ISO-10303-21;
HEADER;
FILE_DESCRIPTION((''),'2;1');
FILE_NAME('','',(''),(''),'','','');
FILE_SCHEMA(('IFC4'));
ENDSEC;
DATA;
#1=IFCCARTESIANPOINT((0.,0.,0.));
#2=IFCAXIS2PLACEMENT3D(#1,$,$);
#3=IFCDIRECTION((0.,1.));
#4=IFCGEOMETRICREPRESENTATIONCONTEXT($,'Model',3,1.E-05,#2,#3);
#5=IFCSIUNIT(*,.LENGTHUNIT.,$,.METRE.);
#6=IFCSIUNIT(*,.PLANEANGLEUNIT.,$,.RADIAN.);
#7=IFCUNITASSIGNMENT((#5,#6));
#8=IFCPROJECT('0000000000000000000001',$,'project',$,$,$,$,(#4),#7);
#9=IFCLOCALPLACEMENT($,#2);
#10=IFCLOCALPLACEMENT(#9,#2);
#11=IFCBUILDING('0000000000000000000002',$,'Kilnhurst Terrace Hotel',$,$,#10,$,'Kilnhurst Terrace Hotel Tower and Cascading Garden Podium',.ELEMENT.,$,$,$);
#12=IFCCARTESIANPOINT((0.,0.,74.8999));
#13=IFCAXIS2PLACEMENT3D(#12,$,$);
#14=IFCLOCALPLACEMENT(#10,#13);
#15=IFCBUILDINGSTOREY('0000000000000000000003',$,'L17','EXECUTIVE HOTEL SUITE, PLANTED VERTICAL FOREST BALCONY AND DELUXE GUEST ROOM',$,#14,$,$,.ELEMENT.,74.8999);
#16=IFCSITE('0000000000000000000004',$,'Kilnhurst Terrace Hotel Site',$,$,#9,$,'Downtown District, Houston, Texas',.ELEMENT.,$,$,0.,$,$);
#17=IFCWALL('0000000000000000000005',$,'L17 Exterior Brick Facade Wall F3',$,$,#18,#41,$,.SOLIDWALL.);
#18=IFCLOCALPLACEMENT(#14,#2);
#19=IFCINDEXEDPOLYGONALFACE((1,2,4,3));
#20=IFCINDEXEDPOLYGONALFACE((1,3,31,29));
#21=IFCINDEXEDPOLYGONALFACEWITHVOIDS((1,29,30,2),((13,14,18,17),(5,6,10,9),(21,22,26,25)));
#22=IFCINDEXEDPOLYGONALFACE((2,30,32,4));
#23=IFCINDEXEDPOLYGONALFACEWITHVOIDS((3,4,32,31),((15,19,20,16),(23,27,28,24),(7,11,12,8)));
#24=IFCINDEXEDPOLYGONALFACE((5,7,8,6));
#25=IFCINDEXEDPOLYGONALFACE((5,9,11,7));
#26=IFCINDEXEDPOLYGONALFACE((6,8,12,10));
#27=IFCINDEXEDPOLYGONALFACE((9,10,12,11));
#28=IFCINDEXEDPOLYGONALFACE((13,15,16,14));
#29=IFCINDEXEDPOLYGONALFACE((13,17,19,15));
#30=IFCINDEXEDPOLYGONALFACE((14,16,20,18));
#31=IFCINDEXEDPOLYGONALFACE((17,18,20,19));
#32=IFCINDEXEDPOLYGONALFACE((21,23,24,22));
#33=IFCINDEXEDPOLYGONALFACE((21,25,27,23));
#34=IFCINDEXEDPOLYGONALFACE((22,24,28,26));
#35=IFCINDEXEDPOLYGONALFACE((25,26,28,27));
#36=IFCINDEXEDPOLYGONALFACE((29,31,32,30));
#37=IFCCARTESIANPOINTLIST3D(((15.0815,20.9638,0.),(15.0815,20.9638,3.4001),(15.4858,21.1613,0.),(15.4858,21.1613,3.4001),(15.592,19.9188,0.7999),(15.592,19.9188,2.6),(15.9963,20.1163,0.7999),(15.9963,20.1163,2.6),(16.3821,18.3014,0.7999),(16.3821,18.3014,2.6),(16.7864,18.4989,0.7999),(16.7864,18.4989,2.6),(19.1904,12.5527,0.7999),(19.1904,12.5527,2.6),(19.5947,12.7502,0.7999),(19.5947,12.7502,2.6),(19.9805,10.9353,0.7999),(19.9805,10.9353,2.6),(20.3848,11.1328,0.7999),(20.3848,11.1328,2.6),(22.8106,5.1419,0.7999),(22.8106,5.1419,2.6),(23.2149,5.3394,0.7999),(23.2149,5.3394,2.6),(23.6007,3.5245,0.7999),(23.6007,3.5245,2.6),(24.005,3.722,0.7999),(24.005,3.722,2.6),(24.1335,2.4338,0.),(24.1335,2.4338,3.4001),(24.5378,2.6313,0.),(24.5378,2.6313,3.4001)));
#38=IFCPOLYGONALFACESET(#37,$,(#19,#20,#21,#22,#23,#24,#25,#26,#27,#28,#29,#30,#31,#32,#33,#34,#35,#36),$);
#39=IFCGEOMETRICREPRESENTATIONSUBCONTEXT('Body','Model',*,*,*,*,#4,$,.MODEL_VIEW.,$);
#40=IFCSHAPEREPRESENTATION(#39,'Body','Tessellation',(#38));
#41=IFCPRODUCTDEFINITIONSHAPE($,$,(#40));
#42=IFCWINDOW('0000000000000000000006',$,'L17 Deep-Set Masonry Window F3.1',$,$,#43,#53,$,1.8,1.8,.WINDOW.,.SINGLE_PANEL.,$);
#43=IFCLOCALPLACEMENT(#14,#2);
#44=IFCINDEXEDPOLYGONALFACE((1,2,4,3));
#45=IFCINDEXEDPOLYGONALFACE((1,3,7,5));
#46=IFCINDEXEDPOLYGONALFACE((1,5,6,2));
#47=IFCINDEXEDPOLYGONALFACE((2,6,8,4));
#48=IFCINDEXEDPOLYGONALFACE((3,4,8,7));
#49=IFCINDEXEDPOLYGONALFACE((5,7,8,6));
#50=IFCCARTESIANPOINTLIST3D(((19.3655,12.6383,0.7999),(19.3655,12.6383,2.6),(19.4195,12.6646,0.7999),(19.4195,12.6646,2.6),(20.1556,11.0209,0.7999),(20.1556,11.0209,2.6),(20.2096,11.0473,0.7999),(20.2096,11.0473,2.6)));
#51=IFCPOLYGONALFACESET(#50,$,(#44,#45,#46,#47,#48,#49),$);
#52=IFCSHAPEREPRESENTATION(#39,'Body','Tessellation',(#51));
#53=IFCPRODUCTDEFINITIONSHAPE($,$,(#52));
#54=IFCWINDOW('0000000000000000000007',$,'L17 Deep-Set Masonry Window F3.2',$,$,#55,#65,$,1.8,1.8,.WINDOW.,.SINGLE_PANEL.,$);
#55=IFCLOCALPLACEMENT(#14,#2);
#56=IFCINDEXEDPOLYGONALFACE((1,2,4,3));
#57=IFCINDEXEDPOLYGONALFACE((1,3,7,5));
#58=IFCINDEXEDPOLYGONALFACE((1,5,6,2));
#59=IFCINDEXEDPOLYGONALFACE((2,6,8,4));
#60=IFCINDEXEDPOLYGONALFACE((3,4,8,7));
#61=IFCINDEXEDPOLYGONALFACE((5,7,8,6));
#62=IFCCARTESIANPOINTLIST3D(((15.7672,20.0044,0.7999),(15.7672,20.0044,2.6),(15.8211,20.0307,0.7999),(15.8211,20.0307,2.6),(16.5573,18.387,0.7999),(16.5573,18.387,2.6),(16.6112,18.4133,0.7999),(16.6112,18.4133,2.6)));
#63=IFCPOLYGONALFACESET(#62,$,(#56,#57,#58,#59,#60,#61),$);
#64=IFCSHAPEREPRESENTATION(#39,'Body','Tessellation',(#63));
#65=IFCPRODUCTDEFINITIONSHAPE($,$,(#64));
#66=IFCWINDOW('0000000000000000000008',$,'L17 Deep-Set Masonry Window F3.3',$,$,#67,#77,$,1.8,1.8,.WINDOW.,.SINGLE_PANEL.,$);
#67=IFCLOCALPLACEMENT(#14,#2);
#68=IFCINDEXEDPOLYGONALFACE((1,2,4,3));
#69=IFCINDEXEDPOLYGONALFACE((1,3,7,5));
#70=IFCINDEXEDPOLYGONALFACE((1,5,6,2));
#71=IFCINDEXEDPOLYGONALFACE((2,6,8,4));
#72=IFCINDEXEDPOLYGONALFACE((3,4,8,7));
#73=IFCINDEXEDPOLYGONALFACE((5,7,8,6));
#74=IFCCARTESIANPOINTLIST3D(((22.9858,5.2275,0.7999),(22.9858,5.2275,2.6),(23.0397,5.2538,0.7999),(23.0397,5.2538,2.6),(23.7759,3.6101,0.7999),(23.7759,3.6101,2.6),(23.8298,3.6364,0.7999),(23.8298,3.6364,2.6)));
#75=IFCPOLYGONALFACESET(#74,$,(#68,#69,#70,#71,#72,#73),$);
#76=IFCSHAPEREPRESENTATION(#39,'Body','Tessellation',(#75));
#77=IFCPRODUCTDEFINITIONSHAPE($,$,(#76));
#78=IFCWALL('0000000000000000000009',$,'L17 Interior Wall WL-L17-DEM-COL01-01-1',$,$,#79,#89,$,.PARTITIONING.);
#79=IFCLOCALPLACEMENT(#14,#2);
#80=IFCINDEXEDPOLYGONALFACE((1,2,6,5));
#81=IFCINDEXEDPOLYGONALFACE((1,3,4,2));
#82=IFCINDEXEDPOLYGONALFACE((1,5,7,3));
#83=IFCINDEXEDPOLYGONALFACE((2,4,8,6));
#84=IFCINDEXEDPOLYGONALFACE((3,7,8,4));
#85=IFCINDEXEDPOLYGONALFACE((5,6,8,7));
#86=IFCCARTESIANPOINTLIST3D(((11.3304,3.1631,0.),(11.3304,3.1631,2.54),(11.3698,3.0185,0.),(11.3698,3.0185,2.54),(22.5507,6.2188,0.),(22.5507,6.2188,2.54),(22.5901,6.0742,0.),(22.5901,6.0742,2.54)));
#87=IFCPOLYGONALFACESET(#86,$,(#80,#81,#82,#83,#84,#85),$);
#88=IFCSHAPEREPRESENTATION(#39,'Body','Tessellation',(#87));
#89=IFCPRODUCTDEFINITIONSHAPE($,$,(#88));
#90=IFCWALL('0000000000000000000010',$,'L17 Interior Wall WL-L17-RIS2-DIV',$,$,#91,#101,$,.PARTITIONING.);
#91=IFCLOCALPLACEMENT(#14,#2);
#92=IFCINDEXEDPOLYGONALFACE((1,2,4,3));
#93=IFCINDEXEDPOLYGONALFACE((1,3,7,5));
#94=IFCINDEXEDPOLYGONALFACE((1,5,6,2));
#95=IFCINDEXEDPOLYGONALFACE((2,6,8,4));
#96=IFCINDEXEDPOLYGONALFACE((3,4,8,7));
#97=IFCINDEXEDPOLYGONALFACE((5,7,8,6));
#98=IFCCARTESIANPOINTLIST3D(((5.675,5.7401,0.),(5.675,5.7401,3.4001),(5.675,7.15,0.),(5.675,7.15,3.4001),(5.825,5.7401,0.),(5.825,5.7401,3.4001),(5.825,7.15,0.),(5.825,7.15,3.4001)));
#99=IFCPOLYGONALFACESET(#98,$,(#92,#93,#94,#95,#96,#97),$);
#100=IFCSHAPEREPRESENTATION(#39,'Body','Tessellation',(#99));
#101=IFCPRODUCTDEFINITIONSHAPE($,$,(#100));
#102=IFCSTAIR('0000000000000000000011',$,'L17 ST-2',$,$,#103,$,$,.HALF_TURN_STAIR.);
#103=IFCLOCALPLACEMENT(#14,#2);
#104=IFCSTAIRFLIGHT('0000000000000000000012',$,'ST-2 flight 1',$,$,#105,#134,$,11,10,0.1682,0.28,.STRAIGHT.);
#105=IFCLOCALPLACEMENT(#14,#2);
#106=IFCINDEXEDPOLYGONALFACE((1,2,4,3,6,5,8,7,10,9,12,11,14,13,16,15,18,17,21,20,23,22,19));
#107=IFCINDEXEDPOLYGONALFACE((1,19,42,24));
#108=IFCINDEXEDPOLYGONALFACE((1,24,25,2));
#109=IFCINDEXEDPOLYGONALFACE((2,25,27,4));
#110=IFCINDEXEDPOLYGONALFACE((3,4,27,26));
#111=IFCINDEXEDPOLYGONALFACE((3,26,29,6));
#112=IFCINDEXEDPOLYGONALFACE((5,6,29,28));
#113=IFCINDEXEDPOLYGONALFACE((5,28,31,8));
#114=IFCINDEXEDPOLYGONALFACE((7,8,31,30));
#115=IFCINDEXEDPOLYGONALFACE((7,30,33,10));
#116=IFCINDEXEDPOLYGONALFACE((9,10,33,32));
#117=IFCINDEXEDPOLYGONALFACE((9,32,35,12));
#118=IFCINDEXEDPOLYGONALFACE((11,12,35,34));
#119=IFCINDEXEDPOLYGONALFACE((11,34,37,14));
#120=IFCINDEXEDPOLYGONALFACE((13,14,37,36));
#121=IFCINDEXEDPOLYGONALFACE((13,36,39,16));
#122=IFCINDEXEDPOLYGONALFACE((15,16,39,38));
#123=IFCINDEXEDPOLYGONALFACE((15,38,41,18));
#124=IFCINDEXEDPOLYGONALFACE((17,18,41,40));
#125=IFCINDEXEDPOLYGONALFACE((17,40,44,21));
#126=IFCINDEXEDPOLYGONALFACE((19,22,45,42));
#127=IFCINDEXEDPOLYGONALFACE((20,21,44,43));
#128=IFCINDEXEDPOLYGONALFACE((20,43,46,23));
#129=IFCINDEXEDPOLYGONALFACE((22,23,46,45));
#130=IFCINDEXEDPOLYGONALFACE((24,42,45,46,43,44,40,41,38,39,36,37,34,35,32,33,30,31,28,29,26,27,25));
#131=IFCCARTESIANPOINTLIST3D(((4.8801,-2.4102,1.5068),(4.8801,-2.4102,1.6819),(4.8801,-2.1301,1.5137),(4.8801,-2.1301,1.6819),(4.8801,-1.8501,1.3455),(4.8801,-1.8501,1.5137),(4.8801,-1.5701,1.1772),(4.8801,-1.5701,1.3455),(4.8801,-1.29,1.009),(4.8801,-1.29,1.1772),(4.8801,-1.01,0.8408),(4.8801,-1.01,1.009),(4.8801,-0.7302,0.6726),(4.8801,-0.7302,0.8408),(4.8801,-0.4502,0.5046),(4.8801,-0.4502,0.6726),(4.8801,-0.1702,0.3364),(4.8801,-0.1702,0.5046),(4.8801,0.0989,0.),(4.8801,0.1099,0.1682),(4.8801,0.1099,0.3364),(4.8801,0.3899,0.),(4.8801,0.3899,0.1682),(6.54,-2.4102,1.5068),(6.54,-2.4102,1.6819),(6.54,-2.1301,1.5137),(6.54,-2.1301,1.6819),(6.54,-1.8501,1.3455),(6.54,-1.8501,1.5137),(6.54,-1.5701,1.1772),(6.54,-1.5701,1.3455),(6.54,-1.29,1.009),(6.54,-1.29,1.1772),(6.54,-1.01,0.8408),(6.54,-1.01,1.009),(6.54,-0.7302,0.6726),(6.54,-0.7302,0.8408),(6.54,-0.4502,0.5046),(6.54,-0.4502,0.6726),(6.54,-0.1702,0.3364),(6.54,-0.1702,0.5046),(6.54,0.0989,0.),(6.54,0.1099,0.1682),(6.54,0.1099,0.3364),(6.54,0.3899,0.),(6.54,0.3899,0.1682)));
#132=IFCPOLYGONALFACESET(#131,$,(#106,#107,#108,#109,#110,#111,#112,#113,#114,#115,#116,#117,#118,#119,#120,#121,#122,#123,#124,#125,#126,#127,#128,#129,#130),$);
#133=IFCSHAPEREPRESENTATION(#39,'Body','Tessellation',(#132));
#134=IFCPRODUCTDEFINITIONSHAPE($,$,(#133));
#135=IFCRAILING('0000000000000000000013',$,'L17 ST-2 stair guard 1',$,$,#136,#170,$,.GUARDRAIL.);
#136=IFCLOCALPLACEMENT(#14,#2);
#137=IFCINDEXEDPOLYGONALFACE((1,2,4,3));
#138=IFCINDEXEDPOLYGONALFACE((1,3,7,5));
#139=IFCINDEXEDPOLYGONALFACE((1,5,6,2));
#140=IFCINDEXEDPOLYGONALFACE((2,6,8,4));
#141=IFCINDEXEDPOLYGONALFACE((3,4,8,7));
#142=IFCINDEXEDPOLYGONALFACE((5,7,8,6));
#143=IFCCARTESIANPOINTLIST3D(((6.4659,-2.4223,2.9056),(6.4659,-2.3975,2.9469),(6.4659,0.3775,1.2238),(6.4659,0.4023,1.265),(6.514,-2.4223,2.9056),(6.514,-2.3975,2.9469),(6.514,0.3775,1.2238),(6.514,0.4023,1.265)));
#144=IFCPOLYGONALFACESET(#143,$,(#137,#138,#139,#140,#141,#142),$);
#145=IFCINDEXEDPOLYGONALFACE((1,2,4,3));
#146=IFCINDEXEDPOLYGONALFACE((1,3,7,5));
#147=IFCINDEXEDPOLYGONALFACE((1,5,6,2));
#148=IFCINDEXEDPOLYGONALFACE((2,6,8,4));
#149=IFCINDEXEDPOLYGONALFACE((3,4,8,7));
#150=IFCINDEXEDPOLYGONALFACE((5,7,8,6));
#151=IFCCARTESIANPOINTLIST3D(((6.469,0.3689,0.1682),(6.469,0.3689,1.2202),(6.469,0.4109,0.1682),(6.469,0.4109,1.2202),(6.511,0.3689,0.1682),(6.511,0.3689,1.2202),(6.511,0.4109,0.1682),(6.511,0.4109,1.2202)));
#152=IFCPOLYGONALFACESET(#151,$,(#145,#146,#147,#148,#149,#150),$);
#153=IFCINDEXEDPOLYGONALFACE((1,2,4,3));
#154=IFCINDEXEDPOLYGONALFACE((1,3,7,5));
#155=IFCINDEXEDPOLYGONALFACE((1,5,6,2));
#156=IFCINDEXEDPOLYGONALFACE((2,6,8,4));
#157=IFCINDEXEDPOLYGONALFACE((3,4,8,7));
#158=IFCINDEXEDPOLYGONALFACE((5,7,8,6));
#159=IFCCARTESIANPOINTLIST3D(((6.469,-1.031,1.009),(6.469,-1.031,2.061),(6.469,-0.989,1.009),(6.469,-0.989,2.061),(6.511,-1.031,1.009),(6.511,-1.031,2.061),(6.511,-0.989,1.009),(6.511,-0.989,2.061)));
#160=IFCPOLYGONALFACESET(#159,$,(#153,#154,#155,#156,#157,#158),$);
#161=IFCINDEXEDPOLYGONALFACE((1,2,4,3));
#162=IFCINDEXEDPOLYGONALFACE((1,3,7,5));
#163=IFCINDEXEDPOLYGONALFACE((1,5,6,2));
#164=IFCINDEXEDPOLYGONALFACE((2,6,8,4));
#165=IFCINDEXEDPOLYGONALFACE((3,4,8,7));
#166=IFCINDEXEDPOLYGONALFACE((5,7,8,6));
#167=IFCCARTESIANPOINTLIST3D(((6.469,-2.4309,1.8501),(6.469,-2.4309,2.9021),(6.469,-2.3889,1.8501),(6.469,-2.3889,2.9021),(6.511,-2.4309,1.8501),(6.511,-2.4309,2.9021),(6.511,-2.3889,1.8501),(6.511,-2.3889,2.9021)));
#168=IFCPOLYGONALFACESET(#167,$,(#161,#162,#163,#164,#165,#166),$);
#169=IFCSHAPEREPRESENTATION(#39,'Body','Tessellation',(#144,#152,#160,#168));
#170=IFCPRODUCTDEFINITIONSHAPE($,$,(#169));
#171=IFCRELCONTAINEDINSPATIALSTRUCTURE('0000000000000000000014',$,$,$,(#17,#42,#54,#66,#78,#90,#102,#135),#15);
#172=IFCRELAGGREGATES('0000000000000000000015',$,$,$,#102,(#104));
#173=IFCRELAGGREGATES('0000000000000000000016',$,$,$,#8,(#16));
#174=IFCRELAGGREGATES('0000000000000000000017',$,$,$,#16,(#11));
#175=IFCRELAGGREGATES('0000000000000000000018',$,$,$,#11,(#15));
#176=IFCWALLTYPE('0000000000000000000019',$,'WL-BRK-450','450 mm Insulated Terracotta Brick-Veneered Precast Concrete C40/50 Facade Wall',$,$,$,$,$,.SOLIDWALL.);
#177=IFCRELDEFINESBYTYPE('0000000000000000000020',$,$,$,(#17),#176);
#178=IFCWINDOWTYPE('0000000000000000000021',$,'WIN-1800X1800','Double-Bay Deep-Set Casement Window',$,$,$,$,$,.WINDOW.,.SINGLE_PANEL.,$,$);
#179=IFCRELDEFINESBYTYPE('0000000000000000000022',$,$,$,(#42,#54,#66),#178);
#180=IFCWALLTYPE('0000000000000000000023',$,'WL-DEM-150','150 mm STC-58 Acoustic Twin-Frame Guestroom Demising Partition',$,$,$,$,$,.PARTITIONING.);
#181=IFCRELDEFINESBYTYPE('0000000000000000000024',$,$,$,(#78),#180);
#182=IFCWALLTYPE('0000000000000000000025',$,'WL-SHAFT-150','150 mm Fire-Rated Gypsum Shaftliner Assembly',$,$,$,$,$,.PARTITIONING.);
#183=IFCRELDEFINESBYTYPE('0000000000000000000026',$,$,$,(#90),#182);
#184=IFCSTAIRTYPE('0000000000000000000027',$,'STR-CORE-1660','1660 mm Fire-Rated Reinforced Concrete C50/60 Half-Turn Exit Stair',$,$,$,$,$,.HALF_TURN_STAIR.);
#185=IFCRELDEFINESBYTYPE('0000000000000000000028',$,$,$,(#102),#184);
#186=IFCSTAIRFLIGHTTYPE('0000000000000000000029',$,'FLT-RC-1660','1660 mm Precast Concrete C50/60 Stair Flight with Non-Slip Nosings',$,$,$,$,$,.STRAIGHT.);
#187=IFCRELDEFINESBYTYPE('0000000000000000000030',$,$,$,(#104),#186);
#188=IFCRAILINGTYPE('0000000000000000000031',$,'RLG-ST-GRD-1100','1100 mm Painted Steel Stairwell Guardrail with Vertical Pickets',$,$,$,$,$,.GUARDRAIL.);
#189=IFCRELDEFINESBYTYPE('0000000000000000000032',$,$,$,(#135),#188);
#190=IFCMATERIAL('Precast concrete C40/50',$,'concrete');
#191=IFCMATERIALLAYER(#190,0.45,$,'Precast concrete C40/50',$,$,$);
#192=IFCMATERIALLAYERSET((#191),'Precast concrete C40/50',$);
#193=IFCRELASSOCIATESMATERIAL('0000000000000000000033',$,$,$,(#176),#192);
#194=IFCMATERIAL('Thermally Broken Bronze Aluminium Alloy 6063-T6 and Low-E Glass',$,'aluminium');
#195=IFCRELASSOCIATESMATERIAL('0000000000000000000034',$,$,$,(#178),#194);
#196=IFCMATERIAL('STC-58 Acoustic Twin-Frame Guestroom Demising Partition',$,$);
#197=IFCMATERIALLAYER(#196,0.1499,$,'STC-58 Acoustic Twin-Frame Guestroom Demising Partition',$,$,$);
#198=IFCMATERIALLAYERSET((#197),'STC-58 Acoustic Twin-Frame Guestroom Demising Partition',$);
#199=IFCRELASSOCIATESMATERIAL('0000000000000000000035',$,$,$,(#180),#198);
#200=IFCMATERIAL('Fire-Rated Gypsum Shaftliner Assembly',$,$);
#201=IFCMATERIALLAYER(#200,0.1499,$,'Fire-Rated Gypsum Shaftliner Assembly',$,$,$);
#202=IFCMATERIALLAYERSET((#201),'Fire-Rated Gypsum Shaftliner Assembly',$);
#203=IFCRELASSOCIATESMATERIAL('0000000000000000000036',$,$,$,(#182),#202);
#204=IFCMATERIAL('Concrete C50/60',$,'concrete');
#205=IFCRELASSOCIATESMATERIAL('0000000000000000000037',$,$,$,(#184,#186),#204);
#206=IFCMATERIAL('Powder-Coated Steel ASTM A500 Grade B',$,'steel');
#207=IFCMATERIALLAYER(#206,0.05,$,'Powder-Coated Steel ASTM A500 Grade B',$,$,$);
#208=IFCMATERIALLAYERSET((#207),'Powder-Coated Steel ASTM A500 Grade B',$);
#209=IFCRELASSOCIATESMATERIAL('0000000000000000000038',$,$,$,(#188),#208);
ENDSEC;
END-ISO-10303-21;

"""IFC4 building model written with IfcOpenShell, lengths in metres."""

from ifc_helpers import new_model, si_unit, direction, frame, frame_2d, origin, origin_2d, place, context, subcontext, project, spatial, polyline, rectangle, outline, extrude, material, layer, layer_set, type_object, element, fill, aggregate, save


model = new_model("IFC4")

# Units and contexts
model_context = context("Model", 3, precision=1e-05, world=origin(), true_north=direction((0.0, 1.0)))
body_context = subcontext(model_context, "Body", "Model", "MODEL_VIEW")
ifc_project = project(units=[si_unit("LENGTHUNIT", "METRE"), si_unit("PLANEANGLEUNIT", "RADIAN")], contexts=[model_context])

# Site, building, storey
site_placement = place(None, origin())
site = spatial("IfcSite", under=ifc_project, at=site_placement, Name="Kilnhurst Terrace Hotel Site", LongName="Downtown District, Houston, Texas", CompositionType="ELEMENT", RefElevation=0.0)
building_placement = place(site_placement, origin())
building = spatial("IfcBuilding", under=site, at=building_placement, Name="Kilnhurst Terrace Hotel", LongName="Kilnhurst Terrace Hotel Tower and Cascading Garden Podium", CompositionType="ELEMENT")
storey_placement = place(building_placement, frame((0.0, 0.0, 74.8999)))
storey = spatial("IfcBuildingStorey", under=building, at=storey_placement, Name="L17", Description="EXECUTIVE HOTEL SUITE, PLANTED VERTICAL FOREST BALCONY AND DELUXE GUEST ROOM", CompositionType="ELEMENT", Elevation=74.8999)

# Shared definitions
ifc_material_1 = material(Name="Concrete C50/60", Category="concrete")

# Shared definitions
ifc_material_2 = material(Name="Precast concrete C40/50", Category="concrete")
ifc_layer_1 = layer(ifc_material_2, 0.45, Name="Precast concrete C40/50")
ifc_layer_set_1 = layer_set([ifc_layer_1], Name="Precast concrete C40/50")
wall_type_1 = type_object("IfcWallType", Name="WL-BRK-450", Description="450 mm Insulated Terracotta Brick-Veneered Precast Concrete C40/50 Facade Wall", PredefinedType="SOLIDWALL", material=ifc_layer_set_1)

# Wall, openings, windows
wall_1_placement = place(storey_placement, frame((24.3357, 2.5325, 0.0), z_axis=(0.0, 0.0, 1.0), x_axis=(-0.438931, 0.898521, 0.0)))
wall_1 = element("IfcWall", 1, at=wall_1_placement, inside=storey, type_object=wall_type_1, Name="L17 Exterior Brick Facade Wall F3", PredefinedType="SOLIDWALL", context=body_context, shape_type="SweptSolid", body=[
    extrude(rectangle(XDim=20.6228, YDim=0.45, at=frame_2d((10.3115, 0.0))), origin(), (0.0, 0.0, 1.0), 3.4001),
])
opening_1_placement = place(wall_1_placement, frame((9.4619, 0.0, 0.8)))
opening_1 = element("IfcOpeningElement", 2, at=opening_1_placement, cuts=wall_1, PredefinedType="OPENING", context=body_context, shape_type="SweptSolid", body=[
    extrude(rectangle(XDim=1.8, YDim=1.8, at=frame_2d((0.8999, 0.8999))), frame((0.0, 0.2349, 0.0), z_axis=(0.0, -1.0, 0.0), x_axis=(1.0, 0.0, 0.0)), (0.0, 0.0, 1.0), 0.47),
])
opening_2_placement = place(wall_1_placement, frame((17.6599, 0.0, 0.8)))
opening_2 = element("IfcOpeningElement", 3, at=opening_2_placement, cuts=wall_1, PredefinedType="OPENING", context=body_context, shape_type="SweptSolid", body=[
    extrude(rectangle(XDim=1.8, YDim=1.8, at=frame_2d((0.8999, 0.8999))), frame((0.0, 0.2349, 0.0), z_axis=(0.0, -1.0, 0.0), x_axis=(1.0, 0.0, 0.0)), (0.0, 0.0, 1.0), 0.47),
])
opening_3_placement = place(wall_1_placement, frame((1.2141, 0.0, 0.8)))
opening_3 = element("IfcOpeningElement", 4, at=opening_3_placement, cuts=wall_1, PredefinedType="OPENING", context=body_context, shape_type="SweptSolid", body=[
    extrude(rectangle(XDim=1.8, YDim=1.8, at=frame_2d((0.8999, 0.8999))), frame((0.0, 0.2349, 0.0), z_axis=(0.0, -1.0, 0.0), x_axis=(1.0, 0.0, 0.0)), (0.0, 0.0, 1.0), 0.47),
])
ifc_material_3 = material(Name="Thermally Broken Bronze Aluminium Alloy 6063-T6 and Low-E Glass", Category="aluminium")
window_type = type_object("IfcWindowType", Name="WIN-1800X1800", Description="Double-Bay Deep-Set Casement Window", PartitioningType="SINGLE_PANEL", PredefinedType="WINDOW", material=ifc_material_3)
window_1_placement = place(opening_1_placement, origin())
window_1 = element("IfcWindow", 5, at=window_1_placement, inside=storey, type_object=window_type, Name="L17 Deep-Set Masonry Window F3.1", OverallHeight=1.8, OverallWidth=1.8, PartitioningType="SINGLE_PANEL", PredefinedType="WINDOW", context=body_context, shape_type="SweptSolid", body=[
    extrude(rectangle(XDim=1.8, YDim=1.8, at=frame_2d((0.8999, 0.8999))), frame((0.0, 0.03, 0.0), z_axis=(0.0, -1.0, 0.0), x_axis=(1.0, 0.0, 0.0)), (0.0, 0.0, 1.0), 0.0601),
])
fill(opening_1, window_1)
window_2_placement = place(opening_2_placement, origin())
window_2 = element("IfcWindow", 6, at=window_2_placement, inside=storey, type_object=window_type, Name="L17 Deep-Set Masonry Window F3.2", OverallHeight=1.8, OverallWidth=1.8, PartitioningType="SINGLE_PANEL", PredefinedType="WINDOW", context=body_context, shape_type="SweptSolid", body=[
    extrude(rectangle(XDim=1.8, YDim=1.8, at=frame_2d((0.8999, 0.8999))), frame((0.0, 0.03, 0.0), z_axis=(0.0, -1.0, 0.0), x_axis=(1.0, 0.0, 0.0)), (0.0, 0.0, 1.0), 0.0601),
])
fill(opening_2, window_2)
window_3_placement = place(opening_3_placement, origin())
window_3 = element("IfcWindow", 7, at=window_3_placement, inside=storey, type_object=window_type, Name="L17 Deep-Set Masonry Window F3.3", OverallHeight=1.8, OverallWidth=1.8, PartitioningType="SINGLE_PANEL", PredefinedType="WINDOW", context=body_context, shape_type="SweptSolid", body=[
    extrude(rectangle(XDim=1.8, YDim=1.8, at=frame_2d((0.8999, 0.8999))), frame((0.0, 0.03, 0.0), z_axis=(0.0, -1.0, 0.0), x_axis=(1.0, 0.0, 0.0)), (0.0, 0.0, 1.0), 0.0601),
])
fill(opening_3, window_3)

# Walls
ifc_material_4 = material(Name="STC-58 Acoustic Twin-Frame Guestroom Demising Partition")
ifc_layer_2 = layer(ifc_material_4, 0.1499, Name="STC-58 Acoustic Twin-Frame Guestroom Demising Partition")
ifc_layer_set_2 = layer_set([ifc_layer_2], Name="STC-58 Acoustic Twin-Frame Guestroom Demising Partition")
wall_type_2 = type_object("IfcWallType", Name="WL-DEM-150", Description="150 mm STC-58 Acoustic Twin-Frame Guestroom Demising Partition", PredefinedType="PARTITIONING", material=ifc_layer_set_2)
wall_2_placement = place(storey_placement, frame((11.3501, 3.0908, 0.0), z_axis=(0.0, 0.0, 1.0), x_axis=(0.96486, 0.262766, 0.0)))
element("IfcWall", 8, at=wall_2_placement, inside=storey, type_object=wall_type_2, Name="L17 Interior Wall WL-L17-DEM-COL01-01-1", PredefinedType="PARTITIONING", context=body_context, shape_type="SweptSolid", body=[
    extrude(rectangle(XDim=11.6289, YDim=0.1499, at=frame_2d((5.8145, 0.0))), origin(), (0.0, 0.0, 1.0), 2.54),
])
ifc_material_5 = material(Name="Fire-Rated Gypsum Shaftliner Assembly")
ifc_layer_3 = layer(ifc_material_5, 0.1499, Name="Fire-Rated Gypsum Shaftliner Assembly")
ifc_layer_set_3 = layer_set([ifc_layer_3], Name="Fire-Rated Gypsum Shaftliner Assembly")
wall_type_3 = type_object("IfcWallType", Name="WL-SHAFT-150", Description="150 mm Fire-Rated Gypsum Shaftliner Assembly", PredefinedType="PARTITIONING", material=ifc_layer_set_3)
wall_3_placement = place(storey_placement, frame((5.75, 5.74, 0.0), z_axis=(0.0, 0.0, 1.0), x_axis=(0.0, 1.0, 0.0)))
element("IfcWall", 9, at=wall_3_placement, inside=storey, type_object=wall_type_3, Name="L17 Interior Wall WL-L17-RIS2-DIV", PredefinedType="PARTITIONING", context=body_context, shape_type="SweptSolid", body=[
    extrude(rectangle(XDim=1.4099, YDim=0.1499, at=frame_2d((0.7051, 0.0))), origin(), (0.0, 0.0, 1.0), 3.4001),
])

# Stair, stair flight
stair_type = type_object("IfcStairType", Name="STR-CORE-1660", Description="1660 mm Fire-Rated Reinforced Concrete C50/60 Half-Turn Exit Stair", PredefinedType="HALF_TURN_STAIR", material=ifc_material_1)
stair_placement = place(storey_placement, origin())
stair = element("IfcStair", 10, at=stair_placement, inside=storey, type_object=stair_type, Name="L17 ST-2", PredefinedType="HALF_TURN_STAIR")
stair_flight_type = type_object("IfcStairFlightType", Name="FLT-RC-1660", Description="1660 mm Precast Concrete C50/60 Stair Flight with Non-Slip Nosings", PredefinedType="STRAIGHT", material=ifc_material_1)
stair_flight_placement = place(storey_placement, frame((5.71, 0.3899, 0.0), z_axis=(0.0, 0.0, 1.0), x_axis=(0.0, -1.0, 0.0)))
stair_flight = element("IfcStairFlight", 11, at=stair_flight_placement, type_object=stair_flight_type, Name="ST-2 flight 1", NumberOfRisers=11, NumberOfTreads=10, PredefinedType="STRAIGHT", RiserHeight=0.1682, TreadLength=0.28, context=body_context, shape_type="SweptSolid", body=[
    extrude(outline(polyline([(0.0, 0.0), (0.0, 0.1682), (0.28, 0.1682), (0.28, 0.3364), (0.5601, 0.3364), (0.5601, 0.5046), (0.8401, 0.5046), (0.8401, 0.6726), (1.1201, 0.6726), (1.1201, 0.8408), (1.3999, 0.8408), (1.3999, 1.009), (1.6799, 1.009), (1.6799, 1.1772), (1.96, 1.1772), (1.96, 1.3455), (2.24, 1.3455), (2.24, 1.5137), (2.52, 1.5137), (2.52, 1.6819), (2.8, 1.6819), (2.8, 1.8501), (2.8, 1.5068), (0.291, 0.0), (0.0, 0.0)])), frame((0.0, 0.8301, 0.0), z_axis=(0.0, -1.0, 0.0), x_axis=(1.0, 0.0, 0.0)), (0.0, 0.0, 1.0), 1.6599),
])
aggregate(stair, [stair_flight])

# Railing
ifc_material_6 = material(Name="Powder-Coated Steel ASTM A500 Grade B", Category="steel")
ifc_layer_4 = layer(ifc_material_6, 0.05, Name="Powder-Coated Steel ASTM A500 Grade B")
ifc_layer_set_4 = layer_set([ifc_layer_4], Name="Powder-Coated Steel ASTM A500 Grade B")
railing_type_1 = type_object("IfcRailingType", Name="RLG-ST-GRD-1100", Description="1100 mm Painted Steel Stairwell Guardrail with Vertical Pickets", PredefinedType="GUARDRAIL", material=ifc_layer_set_4)
railing_1_placement = place(storey_placement, frame((6.49, 0.3899, 0.1682)))
element("IfcRailing", 12, at=railing_1_placement, inside=storey, type_object=railing_type_1, Name="L17 ST-2 stair guard 1", PredefinedType="GUARDRAIL", context=body_context, shape_type="SweptSolid", body=[
    extrude(rectangle(XDim=0.0481, YDim=0.0481, at=origin_2d()), frame((0.0, 0.0, 1.0762), z_axis=(0.0, -0.857222, 0.514946), x_axis=(1.0, 0.0, 0.0)), (0.0, 0.0, 1.0), 3.2661),
    extrude(rectangle(XDim=0.042, YDim=0.042, at=origin_2d()), origin(), (0.0, 0.0, 1.0), 1.052),
    extrude(rectangle(XDim=0.042, YDim=0.042, at=origin_2d()), frame((0.0, -1.3999, 0.8408)), (0.0, 0.0, 1.0), 1.052),
    extrude(rectangle(XDim=0.042, YDim=0.042, at=origin_2d()), frame((0.0, -2.7998, 1.6819)), (0.0, 0.0, 1.0), 1.052),
])

save(model, "model.ifc")
